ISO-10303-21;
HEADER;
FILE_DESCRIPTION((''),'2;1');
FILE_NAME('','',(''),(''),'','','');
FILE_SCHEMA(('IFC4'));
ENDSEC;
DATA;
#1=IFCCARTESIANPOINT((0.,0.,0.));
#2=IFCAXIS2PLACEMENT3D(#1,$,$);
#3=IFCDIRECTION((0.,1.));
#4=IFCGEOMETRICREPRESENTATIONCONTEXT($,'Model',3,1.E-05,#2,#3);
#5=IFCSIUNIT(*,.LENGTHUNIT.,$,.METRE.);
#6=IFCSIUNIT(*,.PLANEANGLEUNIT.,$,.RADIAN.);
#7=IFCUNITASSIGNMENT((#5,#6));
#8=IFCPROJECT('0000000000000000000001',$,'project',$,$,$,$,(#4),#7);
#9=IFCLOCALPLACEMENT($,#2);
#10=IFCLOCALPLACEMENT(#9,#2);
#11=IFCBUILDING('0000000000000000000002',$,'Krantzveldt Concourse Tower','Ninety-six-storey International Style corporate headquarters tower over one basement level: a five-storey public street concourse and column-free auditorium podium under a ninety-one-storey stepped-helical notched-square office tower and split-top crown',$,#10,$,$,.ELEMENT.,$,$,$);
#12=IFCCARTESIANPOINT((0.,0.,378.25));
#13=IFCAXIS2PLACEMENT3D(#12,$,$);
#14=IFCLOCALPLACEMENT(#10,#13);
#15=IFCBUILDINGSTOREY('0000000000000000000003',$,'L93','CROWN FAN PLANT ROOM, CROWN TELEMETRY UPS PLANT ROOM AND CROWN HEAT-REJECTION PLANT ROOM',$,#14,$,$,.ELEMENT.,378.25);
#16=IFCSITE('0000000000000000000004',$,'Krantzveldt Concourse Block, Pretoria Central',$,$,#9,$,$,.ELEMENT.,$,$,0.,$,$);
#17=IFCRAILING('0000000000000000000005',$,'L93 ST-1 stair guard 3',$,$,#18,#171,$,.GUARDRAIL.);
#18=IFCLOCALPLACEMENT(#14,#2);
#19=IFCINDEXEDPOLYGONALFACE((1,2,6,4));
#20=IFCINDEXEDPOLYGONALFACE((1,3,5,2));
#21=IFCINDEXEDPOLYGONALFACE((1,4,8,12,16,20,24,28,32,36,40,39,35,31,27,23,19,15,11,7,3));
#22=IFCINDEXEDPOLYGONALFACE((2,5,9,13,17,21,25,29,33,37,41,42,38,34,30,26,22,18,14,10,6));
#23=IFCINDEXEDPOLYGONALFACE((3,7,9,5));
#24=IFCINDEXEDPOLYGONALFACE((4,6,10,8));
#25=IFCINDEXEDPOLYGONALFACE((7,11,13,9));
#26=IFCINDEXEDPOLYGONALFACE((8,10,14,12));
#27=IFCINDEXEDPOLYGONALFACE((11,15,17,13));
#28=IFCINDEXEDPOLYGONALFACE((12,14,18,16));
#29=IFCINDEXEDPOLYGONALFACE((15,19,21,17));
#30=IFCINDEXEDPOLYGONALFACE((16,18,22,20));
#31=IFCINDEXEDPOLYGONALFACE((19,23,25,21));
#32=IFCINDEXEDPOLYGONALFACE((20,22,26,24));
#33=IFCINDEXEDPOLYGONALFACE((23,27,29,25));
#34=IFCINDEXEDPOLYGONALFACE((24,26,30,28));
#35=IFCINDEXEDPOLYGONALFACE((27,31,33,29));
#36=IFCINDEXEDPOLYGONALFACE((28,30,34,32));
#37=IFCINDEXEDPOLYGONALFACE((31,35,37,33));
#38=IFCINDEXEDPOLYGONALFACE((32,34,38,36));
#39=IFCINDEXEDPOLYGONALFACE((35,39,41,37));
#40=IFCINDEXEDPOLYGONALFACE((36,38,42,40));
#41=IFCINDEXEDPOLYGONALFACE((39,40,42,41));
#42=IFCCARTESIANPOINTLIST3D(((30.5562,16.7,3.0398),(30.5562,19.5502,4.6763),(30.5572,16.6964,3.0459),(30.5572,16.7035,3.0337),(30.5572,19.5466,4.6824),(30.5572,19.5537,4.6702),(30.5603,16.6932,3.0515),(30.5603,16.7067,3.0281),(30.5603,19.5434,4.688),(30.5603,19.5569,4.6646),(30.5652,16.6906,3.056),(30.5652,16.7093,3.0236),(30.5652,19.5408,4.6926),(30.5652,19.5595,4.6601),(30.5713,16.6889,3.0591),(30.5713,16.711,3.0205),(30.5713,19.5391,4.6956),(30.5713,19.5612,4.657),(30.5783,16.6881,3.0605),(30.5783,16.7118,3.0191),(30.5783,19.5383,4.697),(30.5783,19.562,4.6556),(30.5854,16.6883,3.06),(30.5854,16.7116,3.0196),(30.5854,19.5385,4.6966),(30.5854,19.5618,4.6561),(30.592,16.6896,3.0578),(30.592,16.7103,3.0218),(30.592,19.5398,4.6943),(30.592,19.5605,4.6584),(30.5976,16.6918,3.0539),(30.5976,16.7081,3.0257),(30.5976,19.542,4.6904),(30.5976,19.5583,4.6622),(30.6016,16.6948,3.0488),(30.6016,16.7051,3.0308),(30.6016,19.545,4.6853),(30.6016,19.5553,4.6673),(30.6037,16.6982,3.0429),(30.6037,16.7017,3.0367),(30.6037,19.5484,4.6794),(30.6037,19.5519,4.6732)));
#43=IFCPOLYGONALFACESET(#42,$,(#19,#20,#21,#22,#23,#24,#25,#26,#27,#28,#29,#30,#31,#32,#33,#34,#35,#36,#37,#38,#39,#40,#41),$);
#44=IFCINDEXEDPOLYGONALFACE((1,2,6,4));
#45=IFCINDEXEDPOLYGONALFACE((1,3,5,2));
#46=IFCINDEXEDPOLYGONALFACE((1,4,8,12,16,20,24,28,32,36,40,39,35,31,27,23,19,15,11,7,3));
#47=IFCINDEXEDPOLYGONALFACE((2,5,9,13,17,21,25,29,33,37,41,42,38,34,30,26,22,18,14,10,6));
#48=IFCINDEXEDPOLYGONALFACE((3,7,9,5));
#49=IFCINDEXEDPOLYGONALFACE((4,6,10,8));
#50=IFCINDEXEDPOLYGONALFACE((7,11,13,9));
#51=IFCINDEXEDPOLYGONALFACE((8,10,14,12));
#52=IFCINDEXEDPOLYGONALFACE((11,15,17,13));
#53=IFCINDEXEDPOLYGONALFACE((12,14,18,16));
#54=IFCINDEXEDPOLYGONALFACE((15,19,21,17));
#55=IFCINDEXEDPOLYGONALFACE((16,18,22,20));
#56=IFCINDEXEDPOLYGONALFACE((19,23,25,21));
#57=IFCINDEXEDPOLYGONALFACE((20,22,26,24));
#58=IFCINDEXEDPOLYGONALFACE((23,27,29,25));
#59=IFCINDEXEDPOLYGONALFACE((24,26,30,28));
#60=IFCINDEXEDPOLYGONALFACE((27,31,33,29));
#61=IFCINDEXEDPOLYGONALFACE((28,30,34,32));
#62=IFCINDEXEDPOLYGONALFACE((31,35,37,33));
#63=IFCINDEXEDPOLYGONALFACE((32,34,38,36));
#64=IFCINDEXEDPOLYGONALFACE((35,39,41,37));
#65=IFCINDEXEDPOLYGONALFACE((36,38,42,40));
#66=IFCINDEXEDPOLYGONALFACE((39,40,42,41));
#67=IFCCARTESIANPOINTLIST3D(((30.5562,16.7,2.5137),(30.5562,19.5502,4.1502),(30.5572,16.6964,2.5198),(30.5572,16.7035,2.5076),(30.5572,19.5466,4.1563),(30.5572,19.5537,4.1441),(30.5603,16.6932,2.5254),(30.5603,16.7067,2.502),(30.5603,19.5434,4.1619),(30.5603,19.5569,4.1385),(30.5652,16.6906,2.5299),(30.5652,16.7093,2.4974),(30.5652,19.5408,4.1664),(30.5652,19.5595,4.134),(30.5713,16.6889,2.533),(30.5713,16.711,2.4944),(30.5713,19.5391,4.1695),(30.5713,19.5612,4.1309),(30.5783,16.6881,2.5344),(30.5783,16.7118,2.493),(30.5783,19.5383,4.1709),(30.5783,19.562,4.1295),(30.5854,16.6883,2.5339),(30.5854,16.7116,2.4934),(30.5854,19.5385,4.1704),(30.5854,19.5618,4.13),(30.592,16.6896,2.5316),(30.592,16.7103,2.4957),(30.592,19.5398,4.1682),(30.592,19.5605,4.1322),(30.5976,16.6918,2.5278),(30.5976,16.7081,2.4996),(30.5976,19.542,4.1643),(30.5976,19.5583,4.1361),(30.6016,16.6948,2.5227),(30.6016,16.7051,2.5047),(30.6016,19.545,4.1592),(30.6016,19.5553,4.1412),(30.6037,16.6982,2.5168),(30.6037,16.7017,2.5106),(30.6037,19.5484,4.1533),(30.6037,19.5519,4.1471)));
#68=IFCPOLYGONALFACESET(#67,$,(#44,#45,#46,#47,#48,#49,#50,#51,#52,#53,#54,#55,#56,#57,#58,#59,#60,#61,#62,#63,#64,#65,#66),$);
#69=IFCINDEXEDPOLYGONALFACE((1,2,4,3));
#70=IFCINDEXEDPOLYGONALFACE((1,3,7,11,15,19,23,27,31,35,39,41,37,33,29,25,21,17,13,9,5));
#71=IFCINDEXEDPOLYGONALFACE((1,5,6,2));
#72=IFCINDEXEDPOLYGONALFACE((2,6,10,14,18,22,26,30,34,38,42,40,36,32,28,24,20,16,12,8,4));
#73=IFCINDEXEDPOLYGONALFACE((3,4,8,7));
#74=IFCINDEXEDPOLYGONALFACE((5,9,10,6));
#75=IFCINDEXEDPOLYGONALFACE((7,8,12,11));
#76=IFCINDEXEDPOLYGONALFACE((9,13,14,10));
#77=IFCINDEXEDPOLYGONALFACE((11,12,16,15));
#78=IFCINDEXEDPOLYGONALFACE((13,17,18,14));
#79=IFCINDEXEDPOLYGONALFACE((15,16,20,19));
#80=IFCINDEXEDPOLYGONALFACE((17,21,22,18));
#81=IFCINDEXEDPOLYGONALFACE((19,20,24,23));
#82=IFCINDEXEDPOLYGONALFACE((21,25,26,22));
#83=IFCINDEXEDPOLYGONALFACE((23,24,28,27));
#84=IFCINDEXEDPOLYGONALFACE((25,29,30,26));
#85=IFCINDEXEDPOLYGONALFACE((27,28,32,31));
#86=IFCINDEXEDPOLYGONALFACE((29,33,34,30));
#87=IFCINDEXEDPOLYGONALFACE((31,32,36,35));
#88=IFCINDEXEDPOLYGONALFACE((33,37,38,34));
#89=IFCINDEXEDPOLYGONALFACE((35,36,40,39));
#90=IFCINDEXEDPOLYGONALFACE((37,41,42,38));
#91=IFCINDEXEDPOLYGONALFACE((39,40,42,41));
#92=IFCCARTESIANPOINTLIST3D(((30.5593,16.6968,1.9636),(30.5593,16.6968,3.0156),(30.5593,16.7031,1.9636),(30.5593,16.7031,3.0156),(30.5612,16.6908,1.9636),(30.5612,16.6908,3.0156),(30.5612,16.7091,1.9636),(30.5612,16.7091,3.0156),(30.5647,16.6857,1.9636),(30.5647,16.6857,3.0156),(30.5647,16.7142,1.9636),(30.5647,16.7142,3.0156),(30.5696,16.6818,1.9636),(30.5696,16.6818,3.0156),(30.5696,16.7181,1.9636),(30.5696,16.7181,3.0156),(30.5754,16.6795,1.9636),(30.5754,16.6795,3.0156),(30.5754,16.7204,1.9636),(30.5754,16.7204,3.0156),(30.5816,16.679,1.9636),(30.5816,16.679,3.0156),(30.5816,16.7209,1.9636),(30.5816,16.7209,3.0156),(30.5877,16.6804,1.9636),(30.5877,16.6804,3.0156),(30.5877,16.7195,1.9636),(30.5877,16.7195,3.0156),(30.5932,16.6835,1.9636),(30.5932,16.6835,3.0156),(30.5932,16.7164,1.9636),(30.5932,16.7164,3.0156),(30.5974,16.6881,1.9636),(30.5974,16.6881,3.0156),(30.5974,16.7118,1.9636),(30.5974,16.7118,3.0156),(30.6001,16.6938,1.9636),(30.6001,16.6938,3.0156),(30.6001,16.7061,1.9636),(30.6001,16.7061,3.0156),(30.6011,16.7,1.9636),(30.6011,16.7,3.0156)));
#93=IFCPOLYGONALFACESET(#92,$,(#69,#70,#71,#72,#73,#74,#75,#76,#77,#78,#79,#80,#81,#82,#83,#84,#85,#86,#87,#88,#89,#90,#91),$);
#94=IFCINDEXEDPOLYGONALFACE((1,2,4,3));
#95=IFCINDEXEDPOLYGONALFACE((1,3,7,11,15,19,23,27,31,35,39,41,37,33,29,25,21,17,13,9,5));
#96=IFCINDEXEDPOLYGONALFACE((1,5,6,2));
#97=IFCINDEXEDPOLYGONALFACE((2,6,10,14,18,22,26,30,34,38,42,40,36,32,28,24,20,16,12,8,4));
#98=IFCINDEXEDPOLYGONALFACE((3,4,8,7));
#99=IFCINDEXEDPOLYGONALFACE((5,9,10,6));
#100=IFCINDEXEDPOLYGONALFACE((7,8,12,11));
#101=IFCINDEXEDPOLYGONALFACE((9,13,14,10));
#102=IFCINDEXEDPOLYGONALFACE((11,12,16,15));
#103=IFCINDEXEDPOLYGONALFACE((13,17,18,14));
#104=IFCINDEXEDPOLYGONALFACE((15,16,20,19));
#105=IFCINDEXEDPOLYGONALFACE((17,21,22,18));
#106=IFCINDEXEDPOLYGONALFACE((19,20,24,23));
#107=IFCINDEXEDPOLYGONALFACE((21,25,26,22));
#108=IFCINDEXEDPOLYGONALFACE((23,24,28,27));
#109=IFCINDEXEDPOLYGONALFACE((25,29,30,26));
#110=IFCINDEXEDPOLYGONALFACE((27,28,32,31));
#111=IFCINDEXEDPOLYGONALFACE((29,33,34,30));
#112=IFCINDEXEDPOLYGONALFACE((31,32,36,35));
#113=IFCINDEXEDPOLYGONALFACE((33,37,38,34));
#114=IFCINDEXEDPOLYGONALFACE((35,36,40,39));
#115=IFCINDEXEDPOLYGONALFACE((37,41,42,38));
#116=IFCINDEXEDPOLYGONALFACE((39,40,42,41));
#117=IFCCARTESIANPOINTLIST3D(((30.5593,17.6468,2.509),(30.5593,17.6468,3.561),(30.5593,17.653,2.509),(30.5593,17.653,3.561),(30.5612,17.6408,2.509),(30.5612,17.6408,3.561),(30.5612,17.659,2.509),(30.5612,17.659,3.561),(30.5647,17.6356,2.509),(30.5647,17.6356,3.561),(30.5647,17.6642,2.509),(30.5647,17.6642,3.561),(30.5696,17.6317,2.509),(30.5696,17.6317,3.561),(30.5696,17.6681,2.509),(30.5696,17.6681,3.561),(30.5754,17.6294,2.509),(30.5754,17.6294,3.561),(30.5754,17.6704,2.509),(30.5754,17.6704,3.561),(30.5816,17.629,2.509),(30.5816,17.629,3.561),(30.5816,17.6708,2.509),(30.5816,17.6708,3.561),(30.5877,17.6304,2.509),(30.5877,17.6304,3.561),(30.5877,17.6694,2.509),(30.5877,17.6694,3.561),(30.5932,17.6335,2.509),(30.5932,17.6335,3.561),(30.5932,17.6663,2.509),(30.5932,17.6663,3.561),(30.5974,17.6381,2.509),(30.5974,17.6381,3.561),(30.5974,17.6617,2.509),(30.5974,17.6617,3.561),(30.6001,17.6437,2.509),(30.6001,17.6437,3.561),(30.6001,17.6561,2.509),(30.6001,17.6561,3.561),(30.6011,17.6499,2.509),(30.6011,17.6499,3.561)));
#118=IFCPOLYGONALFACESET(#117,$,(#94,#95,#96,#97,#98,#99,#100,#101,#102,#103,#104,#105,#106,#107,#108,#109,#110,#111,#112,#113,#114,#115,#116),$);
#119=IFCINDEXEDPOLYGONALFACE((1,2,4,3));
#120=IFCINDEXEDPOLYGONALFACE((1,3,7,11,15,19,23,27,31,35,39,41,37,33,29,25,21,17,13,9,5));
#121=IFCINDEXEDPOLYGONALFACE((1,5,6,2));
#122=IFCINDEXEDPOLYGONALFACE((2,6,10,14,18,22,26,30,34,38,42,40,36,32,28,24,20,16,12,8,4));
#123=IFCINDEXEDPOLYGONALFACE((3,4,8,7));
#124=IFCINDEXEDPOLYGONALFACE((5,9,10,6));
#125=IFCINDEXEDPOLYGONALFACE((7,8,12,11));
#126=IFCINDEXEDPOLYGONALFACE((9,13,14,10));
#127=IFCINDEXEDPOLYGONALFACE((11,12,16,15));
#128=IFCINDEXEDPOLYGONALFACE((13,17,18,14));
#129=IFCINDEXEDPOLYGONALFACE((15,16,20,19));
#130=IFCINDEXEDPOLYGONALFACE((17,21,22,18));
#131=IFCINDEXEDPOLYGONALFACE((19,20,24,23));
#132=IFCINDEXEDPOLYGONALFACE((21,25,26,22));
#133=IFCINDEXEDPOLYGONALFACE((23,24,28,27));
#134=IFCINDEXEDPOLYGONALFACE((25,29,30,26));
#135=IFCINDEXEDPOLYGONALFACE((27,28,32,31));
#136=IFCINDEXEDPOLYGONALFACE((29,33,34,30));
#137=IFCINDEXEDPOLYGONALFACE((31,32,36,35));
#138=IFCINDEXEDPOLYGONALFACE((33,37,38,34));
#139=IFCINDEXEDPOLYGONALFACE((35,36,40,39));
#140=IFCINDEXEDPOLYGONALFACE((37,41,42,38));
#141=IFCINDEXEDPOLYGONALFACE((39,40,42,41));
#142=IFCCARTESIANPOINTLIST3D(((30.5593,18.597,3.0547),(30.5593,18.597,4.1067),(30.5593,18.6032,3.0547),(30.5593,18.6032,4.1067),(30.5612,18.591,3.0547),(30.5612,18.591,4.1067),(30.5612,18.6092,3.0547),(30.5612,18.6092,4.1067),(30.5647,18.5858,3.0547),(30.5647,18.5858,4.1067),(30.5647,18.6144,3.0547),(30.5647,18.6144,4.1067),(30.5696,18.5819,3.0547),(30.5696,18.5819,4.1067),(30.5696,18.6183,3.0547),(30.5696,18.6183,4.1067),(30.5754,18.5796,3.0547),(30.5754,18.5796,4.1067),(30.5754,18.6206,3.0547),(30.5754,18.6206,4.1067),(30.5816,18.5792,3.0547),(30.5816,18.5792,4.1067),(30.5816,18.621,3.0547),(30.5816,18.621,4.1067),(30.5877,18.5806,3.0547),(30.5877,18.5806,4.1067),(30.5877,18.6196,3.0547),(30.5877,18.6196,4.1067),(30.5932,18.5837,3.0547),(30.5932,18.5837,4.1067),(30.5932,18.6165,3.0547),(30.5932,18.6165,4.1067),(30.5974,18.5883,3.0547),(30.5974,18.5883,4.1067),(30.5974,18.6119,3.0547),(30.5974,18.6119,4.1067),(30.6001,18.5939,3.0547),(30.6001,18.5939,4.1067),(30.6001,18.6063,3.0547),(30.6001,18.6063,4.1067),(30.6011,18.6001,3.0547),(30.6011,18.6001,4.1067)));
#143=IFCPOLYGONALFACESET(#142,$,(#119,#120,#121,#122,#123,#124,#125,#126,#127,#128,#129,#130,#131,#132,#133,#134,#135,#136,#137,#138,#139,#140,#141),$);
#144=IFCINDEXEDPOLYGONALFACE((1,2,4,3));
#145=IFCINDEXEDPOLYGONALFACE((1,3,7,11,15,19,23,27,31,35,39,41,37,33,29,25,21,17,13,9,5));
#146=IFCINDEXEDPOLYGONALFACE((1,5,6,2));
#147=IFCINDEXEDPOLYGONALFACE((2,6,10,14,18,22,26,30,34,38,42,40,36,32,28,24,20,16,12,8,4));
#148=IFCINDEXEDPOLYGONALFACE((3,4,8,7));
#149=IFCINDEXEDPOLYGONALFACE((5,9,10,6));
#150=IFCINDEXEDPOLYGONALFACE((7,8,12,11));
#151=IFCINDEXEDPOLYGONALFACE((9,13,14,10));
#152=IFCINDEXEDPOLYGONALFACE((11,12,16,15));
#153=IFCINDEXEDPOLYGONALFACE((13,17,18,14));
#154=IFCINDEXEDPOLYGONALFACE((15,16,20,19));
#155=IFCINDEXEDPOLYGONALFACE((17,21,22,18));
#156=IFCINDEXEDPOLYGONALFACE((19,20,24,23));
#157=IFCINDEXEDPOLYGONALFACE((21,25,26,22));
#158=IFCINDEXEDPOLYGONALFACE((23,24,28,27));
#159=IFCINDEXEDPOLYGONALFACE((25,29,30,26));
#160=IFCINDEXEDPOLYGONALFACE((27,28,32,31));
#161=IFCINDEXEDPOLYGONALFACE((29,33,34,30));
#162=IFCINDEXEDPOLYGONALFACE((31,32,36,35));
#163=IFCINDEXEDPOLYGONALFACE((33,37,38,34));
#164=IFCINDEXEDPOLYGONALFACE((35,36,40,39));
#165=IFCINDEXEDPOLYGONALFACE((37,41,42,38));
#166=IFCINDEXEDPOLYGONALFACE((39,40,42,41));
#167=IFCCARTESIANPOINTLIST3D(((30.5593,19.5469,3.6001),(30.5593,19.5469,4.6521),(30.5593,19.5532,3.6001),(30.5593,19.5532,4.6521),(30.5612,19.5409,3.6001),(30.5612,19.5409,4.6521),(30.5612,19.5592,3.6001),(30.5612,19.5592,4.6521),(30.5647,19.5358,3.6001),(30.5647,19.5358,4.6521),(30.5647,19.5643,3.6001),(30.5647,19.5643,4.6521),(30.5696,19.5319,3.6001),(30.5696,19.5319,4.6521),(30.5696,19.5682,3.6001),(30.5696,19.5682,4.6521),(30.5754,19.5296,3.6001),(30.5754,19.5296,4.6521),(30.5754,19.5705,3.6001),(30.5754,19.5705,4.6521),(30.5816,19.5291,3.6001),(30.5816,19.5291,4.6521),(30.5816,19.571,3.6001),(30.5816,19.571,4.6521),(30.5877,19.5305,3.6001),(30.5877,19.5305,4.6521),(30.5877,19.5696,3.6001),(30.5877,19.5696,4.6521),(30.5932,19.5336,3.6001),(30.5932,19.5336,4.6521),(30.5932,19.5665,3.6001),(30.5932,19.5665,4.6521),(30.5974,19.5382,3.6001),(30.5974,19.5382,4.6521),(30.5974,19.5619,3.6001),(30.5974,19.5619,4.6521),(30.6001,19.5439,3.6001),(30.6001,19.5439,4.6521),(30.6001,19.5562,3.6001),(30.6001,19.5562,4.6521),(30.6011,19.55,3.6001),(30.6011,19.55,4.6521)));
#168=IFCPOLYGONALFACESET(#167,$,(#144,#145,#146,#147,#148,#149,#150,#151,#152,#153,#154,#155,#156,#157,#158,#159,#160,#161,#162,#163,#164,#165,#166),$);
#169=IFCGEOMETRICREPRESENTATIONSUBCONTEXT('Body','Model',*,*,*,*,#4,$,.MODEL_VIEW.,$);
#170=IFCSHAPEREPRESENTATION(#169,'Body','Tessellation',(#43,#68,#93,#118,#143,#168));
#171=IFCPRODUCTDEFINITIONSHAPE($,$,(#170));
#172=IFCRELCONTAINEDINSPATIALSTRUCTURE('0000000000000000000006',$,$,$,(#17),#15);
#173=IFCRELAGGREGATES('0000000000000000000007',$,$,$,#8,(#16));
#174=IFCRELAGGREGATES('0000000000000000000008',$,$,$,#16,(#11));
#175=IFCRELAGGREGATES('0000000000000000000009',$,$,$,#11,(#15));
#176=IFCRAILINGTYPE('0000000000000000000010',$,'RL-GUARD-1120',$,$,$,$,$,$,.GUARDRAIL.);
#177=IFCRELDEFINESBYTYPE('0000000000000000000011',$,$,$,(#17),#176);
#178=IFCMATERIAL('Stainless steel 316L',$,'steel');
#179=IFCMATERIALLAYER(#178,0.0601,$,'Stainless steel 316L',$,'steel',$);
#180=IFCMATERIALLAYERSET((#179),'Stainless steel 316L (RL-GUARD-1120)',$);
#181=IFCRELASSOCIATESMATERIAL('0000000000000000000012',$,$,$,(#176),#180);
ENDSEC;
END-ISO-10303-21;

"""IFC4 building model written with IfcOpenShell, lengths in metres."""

from ifc_helpers import new_model, si_unit, direction, frame, origin, origin_2d, place, context, subcontext, project, spatial, circle, extrude, material, layer, layer_set, type_object, element, save


model = new_model("IFC4")

# Units and contexts
model_context = context("Model", 3, precision=1e-05, world=origin(), true_north=direction((0.0, 1.0)))
body_context = subcontext(model_context, "Body", "Model", "MODEL_VIEW")
ifc_project = project(units=[si_unit("LENGTHUNIT", "METRE"), si_unit("PLANEANGLEUNIT", "RADIAN")], contexts=[model_context])

# Site, building, storey
site_placement = place(None, origin())
site = spatial("IfcSite", under=ifc_project, at=site_placement, Name="Krantzveldt Concourse Block, Pretoria Central", CompositionType="ELEMENT", RefElevation=0.0)
building_placement = place(site_placement, origin())
building = spatial("IfcBuilding", under=site, at=building_placement, Name="Krantzveldt Concourse Tower", Description="Ninety-six-storey International Style corporate headquarters tower over one basement level: a five-storey public street concourse and column-free auditorium podium under a ninety-one-storey stepped-helical notched-square office tower and split-top crown", CompositionType="ELEMENT")
storey_placement = place(building_placement, frame((0.0, 0.0, 378.25)))
storey = spatial("IfcBuildingStorey", under=building, at=storey_placement, Name="L93", Description="CROWN FAN PLANT ROOM, CROWN TELEMETRY UPS PLANT ROOM AND CROWN HEAT-REJECTION PLANT ROOM", CompositionType="ELEMENT", Elevation=378.25)

# Railing
ifc_material_1 = material(Name="Stainless steel 316L", Category="steel")
ifc_layer_1 = layer(ifc_material_1, 0.0601, Name="Stainless steel 316L", Category="steel")
ifc_layer_set_1 = layer_set([ifc_layer_1], Name="Stainless steel 316L (RL-GUARD-1120)")
railing_type_1 = type_object("IfcRailingType", Name="RL-GUARD-1120", PredefinedType="GUARDRAIL", material=ifc_layer_set_1)
railing_1_placement = place(storey_placement, frame((30.5801, 16.7, 1.9636)))
element("IfcRailing", 1, at=railing_1_placement, inside=storey, type_object=railing_type_1, Name="L93 ST-1 stair guard 3", PredefinedType="GUARDRAIL", context=body_context, shape_type="SweptSolid", body=[
    extrude(circle(Radius=0.0239, at=origin_2d()), frame((0.0, 0.0, 1.0762), z_axis=(0.0, 0.867213, 0.497938), x_axis=(-1.0, 0.0, 0.0)), (0.0, 0.0, 1.0), 3.2866),
    extrude(circle(Radius=0.0239, at=origin_2d()), frame((0.0, 0.0, 0.55), z_axis=(0.0, 0.867213, 0.497938), x_axis=(-1.0, 0.0, 0.0)), (0.0, 0.0, 1.0), 3.2866),
    extrude(circle(Radius=0.021, at=origin_2d()), origin(), (0.0, 0.0, 1.0), 1.052),
    extrude(circle(Radius=0.021, at=origin_2d()), frame((0.0, 0.95, 0.5454)), (0.0, 0.0, 1.0), 1.052),
    extrude(circle(Radius=0.021, at=origin_2d()), frame((0.0, 1.9001, 1.0911)), (0.0, 0.0, 1.0), 1.052),
    extrude(circle(Radius=0.021, at=origin_2d()), frame((0.0, 2.8501, 1.6365)), (0.0, 0.0, 1.0), 1.052),
])

save(model, "model.ifc")
